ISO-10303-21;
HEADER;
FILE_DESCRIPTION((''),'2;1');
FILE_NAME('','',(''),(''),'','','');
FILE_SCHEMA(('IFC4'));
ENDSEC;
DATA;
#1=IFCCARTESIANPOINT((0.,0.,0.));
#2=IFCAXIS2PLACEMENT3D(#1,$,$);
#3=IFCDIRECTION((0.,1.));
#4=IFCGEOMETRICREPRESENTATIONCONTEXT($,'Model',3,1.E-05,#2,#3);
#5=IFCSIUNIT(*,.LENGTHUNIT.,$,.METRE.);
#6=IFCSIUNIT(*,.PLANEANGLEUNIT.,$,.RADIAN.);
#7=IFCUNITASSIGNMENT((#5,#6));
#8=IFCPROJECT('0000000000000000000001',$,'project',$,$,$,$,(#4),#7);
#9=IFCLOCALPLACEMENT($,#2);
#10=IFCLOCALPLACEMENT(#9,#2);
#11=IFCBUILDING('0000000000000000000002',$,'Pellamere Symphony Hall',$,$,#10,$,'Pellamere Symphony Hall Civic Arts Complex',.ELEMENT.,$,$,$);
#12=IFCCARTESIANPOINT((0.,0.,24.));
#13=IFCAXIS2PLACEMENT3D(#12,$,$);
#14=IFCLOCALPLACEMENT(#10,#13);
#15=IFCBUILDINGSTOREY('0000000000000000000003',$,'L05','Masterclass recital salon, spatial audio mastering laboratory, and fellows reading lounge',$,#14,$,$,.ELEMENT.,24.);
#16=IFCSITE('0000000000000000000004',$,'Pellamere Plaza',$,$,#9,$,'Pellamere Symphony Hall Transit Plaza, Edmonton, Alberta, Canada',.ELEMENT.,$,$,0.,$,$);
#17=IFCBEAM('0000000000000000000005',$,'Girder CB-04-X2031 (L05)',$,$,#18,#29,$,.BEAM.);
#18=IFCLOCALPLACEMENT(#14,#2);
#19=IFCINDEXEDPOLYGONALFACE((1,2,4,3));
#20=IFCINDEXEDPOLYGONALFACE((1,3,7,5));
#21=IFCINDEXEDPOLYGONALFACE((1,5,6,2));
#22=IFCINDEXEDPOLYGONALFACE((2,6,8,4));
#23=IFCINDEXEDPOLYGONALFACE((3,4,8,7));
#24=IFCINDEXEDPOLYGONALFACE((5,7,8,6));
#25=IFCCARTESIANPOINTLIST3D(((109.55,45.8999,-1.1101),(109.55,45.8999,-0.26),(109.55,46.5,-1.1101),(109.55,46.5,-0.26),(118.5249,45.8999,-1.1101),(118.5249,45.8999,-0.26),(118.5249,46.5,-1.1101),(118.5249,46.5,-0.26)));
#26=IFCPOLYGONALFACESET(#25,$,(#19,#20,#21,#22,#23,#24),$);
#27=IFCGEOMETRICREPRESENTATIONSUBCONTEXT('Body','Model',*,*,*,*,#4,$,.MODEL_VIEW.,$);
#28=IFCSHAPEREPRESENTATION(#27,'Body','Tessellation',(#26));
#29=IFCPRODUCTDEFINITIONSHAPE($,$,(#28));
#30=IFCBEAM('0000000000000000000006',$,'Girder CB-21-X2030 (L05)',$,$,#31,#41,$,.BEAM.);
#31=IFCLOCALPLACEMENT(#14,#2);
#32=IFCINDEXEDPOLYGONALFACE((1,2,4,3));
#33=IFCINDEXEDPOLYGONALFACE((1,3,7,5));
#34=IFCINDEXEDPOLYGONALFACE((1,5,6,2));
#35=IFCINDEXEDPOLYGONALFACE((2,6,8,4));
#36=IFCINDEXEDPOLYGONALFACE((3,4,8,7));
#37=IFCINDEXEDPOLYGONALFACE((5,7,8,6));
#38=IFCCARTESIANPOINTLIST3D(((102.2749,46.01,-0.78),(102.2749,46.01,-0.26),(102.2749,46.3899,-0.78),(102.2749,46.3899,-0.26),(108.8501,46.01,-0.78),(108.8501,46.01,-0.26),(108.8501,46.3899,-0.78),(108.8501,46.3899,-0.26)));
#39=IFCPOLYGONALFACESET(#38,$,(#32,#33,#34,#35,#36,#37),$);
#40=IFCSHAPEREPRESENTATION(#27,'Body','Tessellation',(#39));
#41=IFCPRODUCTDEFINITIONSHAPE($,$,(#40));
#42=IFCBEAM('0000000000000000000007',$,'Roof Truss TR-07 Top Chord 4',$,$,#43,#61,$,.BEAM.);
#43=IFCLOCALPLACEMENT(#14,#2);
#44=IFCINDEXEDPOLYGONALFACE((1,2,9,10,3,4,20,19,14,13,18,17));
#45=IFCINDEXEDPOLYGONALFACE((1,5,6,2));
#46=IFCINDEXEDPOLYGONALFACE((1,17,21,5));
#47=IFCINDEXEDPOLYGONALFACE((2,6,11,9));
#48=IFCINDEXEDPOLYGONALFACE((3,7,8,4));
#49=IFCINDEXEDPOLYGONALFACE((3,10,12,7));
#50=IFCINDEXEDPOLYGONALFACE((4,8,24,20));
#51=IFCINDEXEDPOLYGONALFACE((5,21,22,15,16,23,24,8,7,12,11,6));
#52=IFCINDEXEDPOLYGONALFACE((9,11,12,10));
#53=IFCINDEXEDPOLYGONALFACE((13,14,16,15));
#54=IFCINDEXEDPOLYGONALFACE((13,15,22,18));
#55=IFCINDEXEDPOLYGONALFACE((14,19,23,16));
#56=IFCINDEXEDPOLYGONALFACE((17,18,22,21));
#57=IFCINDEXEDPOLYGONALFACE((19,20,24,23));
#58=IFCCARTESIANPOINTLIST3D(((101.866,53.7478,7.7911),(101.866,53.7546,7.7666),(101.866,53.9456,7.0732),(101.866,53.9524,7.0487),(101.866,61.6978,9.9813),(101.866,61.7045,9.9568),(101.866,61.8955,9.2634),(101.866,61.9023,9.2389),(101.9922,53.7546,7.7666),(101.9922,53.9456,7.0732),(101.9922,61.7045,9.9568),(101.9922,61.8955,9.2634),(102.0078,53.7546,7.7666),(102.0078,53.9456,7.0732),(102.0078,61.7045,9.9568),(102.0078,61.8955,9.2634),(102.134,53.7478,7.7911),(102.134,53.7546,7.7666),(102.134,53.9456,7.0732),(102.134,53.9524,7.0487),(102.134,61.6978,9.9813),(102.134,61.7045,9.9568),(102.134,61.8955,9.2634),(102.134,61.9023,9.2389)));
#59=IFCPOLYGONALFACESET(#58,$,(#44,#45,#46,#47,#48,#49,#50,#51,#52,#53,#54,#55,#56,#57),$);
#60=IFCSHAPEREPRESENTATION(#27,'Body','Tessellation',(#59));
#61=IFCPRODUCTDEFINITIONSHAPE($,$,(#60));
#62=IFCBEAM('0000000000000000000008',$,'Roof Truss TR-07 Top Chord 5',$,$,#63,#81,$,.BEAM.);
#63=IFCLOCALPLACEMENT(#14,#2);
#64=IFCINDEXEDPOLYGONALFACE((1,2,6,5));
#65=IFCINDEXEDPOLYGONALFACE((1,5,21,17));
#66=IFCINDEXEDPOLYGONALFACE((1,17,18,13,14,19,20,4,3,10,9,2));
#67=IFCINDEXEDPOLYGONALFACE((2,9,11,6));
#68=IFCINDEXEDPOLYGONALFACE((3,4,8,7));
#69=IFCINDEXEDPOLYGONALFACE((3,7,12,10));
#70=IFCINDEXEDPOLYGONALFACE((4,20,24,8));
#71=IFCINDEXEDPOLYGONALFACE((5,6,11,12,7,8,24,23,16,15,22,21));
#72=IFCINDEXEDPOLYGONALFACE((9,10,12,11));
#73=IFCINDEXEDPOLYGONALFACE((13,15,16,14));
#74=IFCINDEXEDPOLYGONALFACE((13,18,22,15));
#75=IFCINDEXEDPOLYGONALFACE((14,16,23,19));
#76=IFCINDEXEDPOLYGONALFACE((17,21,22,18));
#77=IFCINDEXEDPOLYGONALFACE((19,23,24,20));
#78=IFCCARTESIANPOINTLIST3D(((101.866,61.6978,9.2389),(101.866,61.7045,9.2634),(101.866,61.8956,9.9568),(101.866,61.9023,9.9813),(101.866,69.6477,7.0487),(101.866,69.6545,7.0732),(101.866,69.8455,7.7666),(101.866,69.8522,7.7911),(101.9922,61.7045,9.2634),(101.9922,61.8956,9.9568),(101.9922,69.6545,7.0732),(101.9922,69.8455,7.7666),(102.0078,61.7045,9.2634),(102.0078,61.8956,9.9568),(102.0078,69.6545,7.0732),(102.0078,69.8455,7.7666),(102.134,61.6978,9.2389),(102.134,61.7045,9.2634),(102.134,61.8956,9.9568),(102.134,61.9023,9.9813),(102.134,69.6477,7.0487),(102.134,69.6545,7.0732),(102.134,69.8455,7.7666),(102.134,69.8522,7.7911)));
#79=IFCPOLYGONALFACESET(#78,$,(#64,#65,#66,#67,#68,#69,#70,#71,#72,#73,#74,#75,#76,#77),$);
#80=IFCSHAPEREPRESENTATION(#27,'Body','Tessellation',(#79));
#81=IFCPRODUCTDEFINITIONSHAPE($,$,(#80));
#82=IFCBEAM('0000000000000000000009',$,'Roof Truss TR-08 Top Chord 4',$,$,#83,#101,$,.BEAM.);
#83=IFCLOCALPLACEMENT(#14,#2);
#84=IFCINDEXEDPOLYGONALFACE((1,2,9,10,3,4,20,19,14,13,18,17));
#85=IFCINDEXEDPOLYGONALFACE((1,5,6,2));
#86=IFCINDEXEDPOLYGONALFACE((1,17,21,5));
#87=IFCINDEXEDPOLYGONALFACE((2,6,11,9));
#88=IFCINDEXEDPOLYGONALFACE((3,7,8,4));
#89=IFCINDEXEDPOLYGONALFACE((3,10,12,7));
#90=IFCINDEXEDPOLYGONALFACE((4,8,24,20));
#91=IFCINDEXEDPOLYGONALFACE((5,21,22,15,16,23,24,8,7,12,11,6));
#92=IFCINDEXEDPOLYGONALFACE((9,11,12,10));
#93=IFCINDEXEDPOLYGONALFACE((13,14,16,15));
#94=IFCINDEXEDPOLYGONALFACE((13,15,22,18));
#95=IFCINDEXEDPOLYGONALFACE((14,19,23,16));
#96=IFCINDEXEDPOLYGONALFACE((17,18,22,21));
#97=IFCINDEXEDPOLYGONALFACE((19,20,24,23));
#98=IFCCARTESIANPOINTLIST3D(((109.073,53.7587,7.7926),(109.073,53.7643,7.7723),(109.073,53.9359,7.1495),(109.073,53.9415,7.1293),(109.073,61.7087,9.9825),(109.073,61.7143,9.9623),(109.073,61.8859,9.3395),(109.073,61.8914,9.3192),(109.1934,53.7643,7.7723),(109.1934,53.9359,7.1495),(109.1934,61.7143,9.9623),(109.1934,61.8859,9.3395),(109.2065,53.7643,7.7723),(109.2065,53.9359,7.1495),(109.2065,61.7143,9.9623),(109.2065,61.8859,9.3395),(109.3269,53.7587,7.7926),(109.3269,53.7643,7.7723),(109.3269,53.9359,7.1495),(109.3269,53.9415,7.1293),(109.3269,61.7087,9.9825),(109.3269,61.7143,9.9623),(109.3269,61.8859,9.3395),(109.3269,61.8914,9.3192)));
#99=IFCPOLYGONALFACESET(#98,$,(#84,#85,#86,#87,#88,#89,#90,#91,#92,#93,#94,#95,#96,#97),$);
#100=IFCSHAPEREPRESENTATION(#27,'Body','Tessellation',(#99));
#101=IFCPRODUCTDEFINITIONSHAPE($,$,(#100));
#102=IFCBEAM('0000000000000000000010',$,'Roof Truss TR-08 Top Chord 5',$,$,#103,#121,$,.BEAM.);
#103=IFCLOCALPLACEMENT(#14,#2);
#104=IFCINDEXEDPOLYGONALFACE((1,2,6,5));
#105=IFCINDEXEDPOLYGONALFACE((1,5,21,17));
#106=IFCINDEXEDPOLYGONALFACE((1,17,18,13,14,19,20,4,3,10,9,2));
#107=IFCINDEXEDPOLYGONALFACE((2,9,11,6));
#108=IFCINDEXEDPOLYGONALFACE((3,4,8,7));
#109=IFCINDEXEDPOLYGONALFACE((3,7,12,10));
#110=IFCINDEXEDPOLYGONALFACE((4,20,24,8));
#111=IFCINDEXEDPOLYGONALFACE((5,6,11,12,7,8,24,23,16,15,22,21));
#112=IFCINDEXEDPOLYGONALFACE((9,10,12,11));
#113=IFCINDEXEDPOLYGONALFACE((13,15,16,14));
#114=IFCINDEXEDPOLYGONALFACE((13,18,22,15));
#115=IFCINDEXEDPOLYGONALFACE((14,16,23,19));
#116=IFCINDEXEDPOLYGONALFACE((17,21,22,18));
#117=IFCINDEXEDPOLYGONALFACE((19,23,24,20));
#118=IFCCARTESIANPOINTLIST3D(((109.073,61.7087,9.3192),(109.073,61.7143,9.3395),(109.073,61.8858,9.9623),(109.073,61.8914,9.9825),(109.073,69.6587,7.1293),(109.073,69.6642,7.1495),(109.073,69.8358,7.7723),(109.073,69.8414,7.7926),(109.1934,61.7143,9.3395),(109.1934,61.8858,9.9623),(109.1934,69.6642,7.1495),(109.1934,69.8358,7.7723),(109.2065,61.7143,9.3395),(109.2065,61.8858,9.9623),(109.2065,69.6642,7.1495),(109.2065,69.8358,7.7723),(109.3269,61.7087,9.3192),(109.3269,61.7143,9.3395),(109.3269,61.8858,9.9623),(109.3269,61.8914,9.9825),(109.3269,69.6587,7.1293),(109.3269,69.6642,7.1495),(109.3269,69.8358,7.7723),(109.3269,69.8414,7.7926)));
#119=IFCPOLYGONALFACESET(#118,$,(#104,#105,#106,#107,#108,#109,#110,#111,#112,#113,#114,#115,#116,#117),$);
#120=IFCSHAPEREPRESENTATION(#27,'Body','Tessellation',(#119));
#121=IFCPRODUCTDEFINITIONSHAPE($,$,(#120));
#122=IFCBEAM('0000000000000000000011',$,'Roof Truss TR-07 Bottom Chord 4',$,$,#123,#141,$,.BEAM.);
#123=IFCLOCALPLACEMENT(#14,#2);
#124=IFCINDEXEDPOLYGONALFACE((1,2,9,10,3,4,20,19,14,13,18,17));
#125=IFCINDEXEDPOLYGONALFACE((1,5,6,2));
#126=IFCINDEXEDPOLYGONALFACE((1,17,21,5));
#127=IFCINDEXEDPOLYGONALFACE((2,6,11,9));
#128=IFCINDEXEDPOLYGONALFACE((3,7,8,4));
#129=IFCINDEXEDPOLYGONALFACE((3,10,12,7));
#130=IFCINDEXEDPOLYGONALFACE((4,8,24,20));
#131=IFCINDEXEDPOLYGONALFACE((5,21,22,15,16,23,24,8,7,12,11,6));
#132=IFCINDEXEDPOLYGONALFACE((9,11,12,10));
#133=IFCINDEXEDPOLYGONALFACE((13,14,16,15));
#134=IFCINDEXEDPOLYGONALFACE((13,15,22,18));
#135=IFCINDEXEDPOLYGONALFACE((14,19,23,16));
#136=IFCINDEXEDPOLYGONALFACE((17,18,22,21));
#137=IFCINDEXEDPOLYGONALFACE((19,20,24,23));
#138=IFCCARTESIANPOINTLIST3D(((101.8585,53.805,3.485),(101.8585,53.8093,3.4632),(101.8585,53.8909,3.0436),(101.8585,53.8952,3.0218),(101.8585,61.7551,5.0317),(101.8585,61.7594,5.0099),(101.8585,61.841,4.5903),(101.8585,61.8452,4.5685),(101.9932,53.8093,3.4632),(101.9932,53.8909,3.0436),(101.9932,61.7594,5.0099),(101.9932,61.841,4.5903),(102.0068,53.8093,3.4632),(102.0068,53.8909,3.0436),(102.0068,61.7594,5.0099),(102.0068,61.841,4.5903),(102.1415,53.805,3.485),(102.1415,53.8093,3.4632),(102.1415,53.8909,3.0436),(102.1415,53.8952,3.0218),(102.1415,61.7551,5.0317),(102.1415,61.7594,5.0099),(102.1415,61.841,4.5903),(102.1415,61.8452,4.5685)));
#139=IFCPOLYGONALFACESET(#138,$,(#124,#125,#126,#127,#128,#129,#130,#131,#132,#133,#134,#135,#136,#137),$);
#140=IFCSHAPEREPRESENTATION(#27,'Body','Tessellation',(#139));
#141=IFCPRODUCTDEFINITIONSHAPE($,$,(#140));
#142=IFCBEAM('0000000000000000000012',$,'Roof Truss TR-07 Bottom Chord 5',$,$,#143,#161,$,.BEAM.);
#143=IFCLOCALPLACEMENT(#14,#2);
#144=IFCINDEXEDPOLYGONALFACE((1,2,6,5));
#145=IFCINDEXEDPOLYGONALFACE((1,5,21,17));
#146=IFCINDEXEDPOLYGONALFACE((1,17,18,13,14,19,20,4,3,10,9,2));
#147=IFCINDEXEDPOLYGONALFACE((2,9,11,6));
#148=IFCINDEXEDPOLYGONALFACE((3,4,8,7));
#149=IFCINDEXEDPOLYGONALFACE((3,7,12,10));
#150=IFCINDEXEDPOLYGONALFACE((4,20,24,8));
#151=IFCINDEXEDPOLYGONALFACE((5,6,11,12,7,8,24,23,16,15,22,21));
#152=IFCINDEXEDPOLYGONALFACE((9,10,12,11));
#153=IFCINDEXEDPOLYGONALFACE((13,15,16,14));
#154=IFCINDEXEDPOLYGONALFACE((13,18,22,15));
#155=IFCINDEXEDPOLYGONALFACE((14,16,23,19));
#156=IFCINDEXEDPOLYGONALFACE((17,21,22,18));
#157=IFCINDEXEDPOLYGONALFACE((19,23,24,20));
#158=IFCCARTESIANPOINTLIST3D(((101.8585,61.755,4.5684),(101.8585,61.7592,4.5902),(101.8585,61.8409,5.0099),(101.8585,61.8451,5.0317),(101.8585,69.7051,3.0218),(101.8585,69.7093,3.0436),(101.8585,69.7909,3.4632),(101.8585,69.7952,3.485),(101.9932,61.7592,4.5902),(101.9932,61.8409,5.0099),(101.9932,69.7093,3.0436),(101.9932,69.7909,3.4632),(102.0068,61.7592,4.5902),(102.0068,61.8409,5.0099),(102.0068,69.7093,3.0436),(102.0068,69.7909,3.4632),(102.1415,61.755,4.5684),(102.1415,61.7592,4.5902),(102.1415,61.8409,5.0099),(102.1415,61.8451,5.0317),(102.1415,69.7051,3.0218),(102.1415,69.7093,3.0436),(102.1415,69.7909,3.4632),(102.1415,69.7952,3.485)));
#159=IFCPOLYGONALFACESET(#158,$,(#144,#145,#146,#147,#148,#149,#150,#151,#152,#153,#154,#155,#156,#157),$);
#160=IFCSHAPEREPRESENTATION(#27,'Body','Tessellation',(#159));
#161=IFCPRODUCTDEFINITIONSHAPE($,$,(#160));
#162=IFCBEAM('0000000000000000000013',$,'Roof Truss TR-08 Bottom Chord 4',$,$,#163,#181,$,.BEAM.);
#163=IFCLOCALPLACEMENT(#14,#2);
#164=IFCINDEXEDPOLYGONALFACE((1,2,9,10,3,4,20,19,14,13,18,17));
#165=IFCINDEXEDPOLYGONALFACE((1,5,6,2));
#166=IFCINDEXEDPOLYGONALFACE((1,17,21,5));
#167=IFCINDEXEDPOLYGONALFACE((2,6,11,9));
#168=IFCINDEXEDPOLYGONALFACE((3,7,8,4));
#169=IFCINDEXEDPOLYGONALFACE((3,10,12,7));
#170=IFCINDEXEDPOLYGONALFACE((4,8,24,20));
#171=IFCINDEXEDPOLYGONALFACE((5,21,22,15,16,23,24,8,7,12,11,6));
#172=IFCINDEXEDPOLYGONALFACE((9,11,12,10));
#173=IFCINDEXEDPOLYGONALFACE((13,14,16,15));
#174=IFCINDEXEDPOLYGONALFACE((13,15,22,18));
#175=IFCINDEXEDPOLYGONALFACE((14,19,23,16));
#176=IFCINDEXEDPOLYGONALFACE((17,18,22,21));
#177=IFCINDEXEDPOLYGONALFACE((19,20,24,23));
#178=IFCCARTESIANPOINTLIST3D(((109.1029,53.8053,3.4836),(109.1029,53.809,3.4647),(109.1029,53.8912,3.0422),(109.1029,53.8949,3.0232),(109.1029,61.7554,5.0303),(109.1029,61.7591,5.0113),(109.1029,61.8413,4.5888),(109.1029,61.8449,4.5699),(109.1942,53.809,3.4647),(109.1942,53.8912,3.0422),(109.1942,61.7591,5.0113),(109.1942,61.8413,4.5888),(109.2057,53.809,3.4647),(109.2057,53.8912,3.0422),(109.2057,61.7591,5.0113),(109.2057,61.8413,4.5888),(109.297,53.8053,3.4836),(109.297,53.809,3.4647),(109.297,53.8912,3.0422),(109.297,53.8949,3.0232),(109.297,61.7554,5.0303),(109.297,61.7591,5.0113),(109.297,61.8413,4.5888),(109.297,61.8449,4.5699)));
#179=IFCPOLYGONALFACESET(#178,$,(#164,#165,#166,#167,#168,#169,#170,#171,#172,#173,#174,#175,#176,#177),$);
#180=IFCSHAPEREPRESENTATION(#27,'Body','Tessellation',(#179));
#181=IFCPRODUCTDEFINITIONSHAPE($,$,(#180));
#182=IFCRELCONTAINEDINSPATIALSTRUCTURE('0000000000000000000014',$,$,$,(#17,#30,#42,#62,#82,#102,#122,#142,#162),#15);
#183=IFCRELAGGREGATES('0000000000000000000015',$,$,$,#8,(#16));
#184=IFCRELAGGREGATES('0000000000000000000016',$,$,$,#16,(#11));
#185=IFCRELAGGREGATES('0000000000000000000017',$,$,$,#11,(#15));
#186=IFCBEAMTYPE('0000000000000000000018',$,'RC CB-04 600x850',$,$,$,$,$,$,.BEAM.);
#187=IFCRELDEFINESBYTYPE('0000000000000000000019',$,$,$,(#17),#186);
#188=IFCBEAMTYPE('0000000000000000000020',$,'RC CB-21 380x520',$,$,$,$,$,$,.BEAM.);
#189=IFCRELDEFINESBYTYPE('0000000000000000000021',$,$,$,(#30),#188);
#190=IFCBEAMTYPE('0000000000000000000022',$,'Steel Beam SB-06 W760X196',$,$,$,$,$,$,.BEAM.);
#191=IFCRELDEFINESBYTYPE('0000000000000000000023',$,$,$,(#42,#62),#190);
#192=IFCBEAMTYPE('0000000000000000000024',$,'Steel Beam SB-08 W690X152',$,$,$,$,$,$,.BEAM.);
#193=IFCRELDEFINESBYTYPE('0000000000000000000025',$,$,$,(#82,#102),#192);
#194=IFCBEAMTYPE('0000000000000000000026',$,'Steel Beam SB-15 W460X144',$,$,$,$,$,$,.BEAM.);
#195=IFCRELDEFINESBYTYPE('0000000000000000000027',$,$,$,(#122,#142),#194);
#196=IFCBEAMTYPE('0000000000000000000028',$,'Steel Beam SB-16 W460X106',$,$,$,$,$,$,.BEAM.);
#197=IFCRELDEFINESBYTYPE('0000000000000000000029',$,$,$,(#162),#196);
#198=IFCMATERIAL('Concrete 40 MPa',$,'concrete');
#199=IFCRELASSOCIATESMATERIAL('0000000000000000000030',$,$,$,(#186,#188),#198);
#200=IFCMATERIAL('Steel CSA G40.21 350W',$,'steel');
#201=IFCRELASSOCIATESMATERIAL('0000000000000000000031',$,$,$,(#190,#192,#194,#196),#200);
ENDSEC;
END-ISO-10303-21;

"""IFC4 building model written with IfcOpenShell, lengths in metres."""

from ifc_helpers import new_model, si_unit, direction, frame, origin, origin_2d, place, context, subcontext, project, spatial, rectangle, i_section, extrude, material, material_profile, profile_set, type_object, element, save


model = new_model("IFC4")

# Units and contexts
model_context = context("Model", 3, precision=1e-05, world=origin(), true_north=direction((0.0, 1.0)))
body_context = subcontext(model_context, "Body", "Model", "MODEL_VIEW")
ifc_project = project(units=[si_unit("LENGTHUNIT", "METRE"), si_unit("PLANEANGLEUNIT", "RADIAN")], contexts=[model_context])

# Site, building, storey
site_placement = place(None, origin())
site = spatial("IfcSite", under=ifc_project, at=site_placement, Name="Pellamere Plaza", LongName="Pellamere Symphony Hall Transit Plaza, Edmonton, Alberta, Canada", CompositionType="ELEMENT", RefElevation=0.0)
building_placement = place(site_placement, origin())
building = spatial("IfcBuilding", under=site, at=building_placement, Name="Pellamere Symphony Hall", LongName="Pellamere Symphony Hall Civic Arts Complex", CompositionType="ELEMENT")
storey_placement = place(building_placement, frame((0.0, 0.0, 24.0)))
storey = spatial("IfcBuildingStorey", under=building, at=storey_placement, Name="L05", Description="Masterclass recital salon, spatial audio mastering laboratory, and fellows reading lounge", CompositionType="ELEMENT", Elevation=24.0)

# Beams
ifc_material_1 = material(Name="Concrete 40 MPa", Category="concrete")
ifc_material_profile_1 = material_profile(ifc_material_1, rectangle(XDim=0.6001, YDim=0.8501, at=origin_2d()), Name="RC 600x850")
ifc_profile_set_1 = profile_set([ifc_material_profile_1], Name="Concrete 40 MPa")
beam_type_1 = type_object("IfcBeamType", Name="RC CB-04 600x850", PredefinedType="BEAM", material=ifc_profile_set_1)
beam_1_placement = place(storey_placement, frame((109.55, 46.2, -0.6851), z_axis=(1.0, 0.0, 0.0), x_axis=(0.0, 1.0, 0.0)))
element("IfcBeam", 1, at=beam_1_placement, inside=storey, type_object=beam_type_1, Name="Girder CB-04-X2031 (L05)", PredefinedType="BEAM", context=body_context, shape_type="SweptSolid", body=[
    extrude(rectangle(XDim=0.6001, YDim=0.8501, at=origin_2d()), origin(), (0.0, 0.0, 1.0), 8.9749),
])
ifc_material_profile_2 = material_profile(ifc_material_1, rectangle(XDim=0.3799, YDim=0.52, at=origin_2d()), Name="RC 380x520")
ifc_profile_set_2 = profile_set([ifc_material_profile_2], Name="Concrete 40 MPa")
beam_type_2 = type_object("IfcBeamType", Name="RC CB-21 380x520", PredefinedType="BEAM", material=ifc_profile_set_2)
beam_2_placement = place(storey_placement, frame((102.2749, 46.2, -0.52), z_axis=(1.0, 0.0, 0.0), x_axis=(0.0, 1.0, 0.0)))
element("IfcBeam", 2, at=beam_2_placement, inside=storey, type_object=beam_type_2, Name="Girder CB-21-X2030 (L05)", PredefinedType="BEAM", context=body_context, shape_type="SweptSolid", body=[
    extrude(rectangle(XDim=0.3799, YDim=0.52, at=origin_2d()), origin(), (0.0, 0.0, 1.0), 6.5752),
])
ifc_material_2 = material(Name="Steel CSA G40.21 350W", Category="steel")
ifc_material_profile_3 = material_profile(ifc_material_2, i_section(OverallWidth=0.2681, OverallDepth=0.77, WebThickness=0.0156, FlangeThickness=0.0254, at=origin_2d()), Name="W760X196")
ifc_profile_set_3 = profile_set([ifc_material_profile_3], Name="Steel CSA G40.21 350W")
beam_type_3 = type_object("IfcBeamType", Name="Steel Beam SB-06 W760X196", PredefinedType="BEAM", material=ifc_profile_set_3)
for number, where, z_axis, x_axis, name in (
    (3, (102.0, 53.8501, 7.4199), (0.0, 0.964083, 0.265602), (-1.0, 0.0, 0.0), "Roof Truss TR-07 Top Chord 4"),
    (4, (102.0, 61.8, 9.6101), (0.0, 0.964083, -0.265602), (-1.0, 0.0, 0.0), "Roof Truss TR-07 Top Chord 5"),
):
    element("IfcBeam", number, at=place(storey_placement, frame(where, z_axis=z_axis, x_axis=x_axis)), inside=storey, type_object=beam_type_3, Name=name, PredefinedType="BEAM", context=body_context, shape_type="SweptSolid", body=[
        extrude(i_section(OverallWidth=0.2681, OverallDepth=0.77, WebThickness=0.0156, FlangeThickness=0.0254, at=origin_2d()), origin(), (0.0, 0.0, 1.0), 8.2461),
    ])
ifc_material_profile_4 = material_profile(ifc_material_2, i_section(OverallWidth=0.2539, OverallDepth=0.688, WebThickness=0.0132, FlangeThickness=0.021, at=origin_2d()), Name="W690X152")
ifc_profile_set_4 = profile_set([ifc_material_profile_4], Name="Steel CSA G40.21 350W")
beam_type_4 = type_object("IfcBeamType", Name="Steel Beam SB-08 W690X152", PredefinedType="BEAM", material=ifc_profile_set_4)
for number, where, z_axis, x_axis, name in (
    (5, (109.2, 53.8501, 7.4609), (0.0, 0.96409, 0.265574), (-1.0, 0.0, 0.0), "Roof Truss TR-08 Top Chord 4"),
    (6, (109.2, 61.8, 9.6509), (0.0, 0.96409, -0.265574), (-1.0, 0.0, 0.0), "Roof Truss TR-08 Top Chord 5"),
):
    element("IfcBeam", number, at=place(storey_placement, frame(where, z_axis=z_axis, x_axis=x_axis)), inside=storey, type_object=beam_type_4, Name=name, PredefinedType="BEAM", context=body_context, shape_type="SweptSolid", body=[
        extrude(i_section(OverallWidth=0.2539, OverallDepth=0.688, WebThickness=0.0132, FlangeThickness=0.021, at=origin_2d()), origin(), (0.0, 0.0, 1.0), 8.2461),
    ])
ifc_material_profile_5 = material_profile(ifc_material_2, i_section(OverallWidth=0.283, OverallDepth=0.4719, WebThickness=0.0137, FlangeThickness=0.0222, at=origin_2d()), Name="W460X144")
ifc_profile_set_5 = profile_set([ifc_material_profile_5], Name="Steel CSA G40.21 350W")
beam_type_5 = type_object("IfcBeamType", Name="Steel Beam SB-15 W460X144", PredefinedType="BEAM", material=ifc_profile_set_5)
for number, where, z_axis, x_axis, name in (
    (7, (102.0, 53.8501, 3.2534), (0.0, 0.981597, 0.190966), (-1.0, 0.0, 0.0), "Roof Truss TR-07 Bottom Chord 4"),
    (8, (102.0, 61.8, 4.8), (0.0, 0.981597, -0.190966), (-1.0, 0.0, 0.0), "Roof Truss TR-07 Bottom Chord 5"),
):
    element("IfcBeam", number, at=place(storey_placement, frame(where, z_axis=z_axis, x_axis=x_axis)), inside=storey, type_object=beam_type_5, Name=name, PredefinedType="BEAM", context=body_context, shape_type="SweptSolid", body=[
        extrude(i_section(OverallWidth=0.283, OverallDepth=0.4719, WebThickness=0.0137, FlangeThickness=0.0222, at=origin_2d()), origin(), (0.0, 0.0, 1.0), 8.0991),
    ])
ifc_material_profile_6 = material_profile(ifc_material_2, i_section(OverallWidth=0.1941, OverallDepth=0.469, WebThickness=0.0115, FlangeThickness=0.0193, at=origin_2d()), Name="W460X106")
ifc_profile_set_6 = profile_set([ifc_material_profile_6], Name="Steel CSA G40.21 350W")
beam_type_6 = type_object("IfcBeamType", Name="Steel Beam SB-16 W460X106", PredefinedType="BEAM", material=ifc_profile_set_6)
for number, where, z_axis, x_axis, name in (
    (9, (109.2, 53.8501, 3.2534), (0.0, 0.981597, 0.190966), (-1.0, 0.0, 0.0), "Roof Truss TR-08 Bottom Chord 4"),
):
    element("IfcBeam", number, at=place(storey_placement, frame(where, z_axis=z_axis, x_axis=x_axis)), inside=storey, type_object=beam_type_6, Name=name, PredefinedType="BEAM", context=body_context, shape_type="SweptSolid", body=[
        extrude(i_section(OverallWidth=0.1941, OverallDepth=0.469, WebThickness=0.0115, FlangeThickness=0.0193, at=origin_2d()), origin(), (0.0, 0.0, 1.0), 8.0991),
    ])

save(model, "model.ifc")
